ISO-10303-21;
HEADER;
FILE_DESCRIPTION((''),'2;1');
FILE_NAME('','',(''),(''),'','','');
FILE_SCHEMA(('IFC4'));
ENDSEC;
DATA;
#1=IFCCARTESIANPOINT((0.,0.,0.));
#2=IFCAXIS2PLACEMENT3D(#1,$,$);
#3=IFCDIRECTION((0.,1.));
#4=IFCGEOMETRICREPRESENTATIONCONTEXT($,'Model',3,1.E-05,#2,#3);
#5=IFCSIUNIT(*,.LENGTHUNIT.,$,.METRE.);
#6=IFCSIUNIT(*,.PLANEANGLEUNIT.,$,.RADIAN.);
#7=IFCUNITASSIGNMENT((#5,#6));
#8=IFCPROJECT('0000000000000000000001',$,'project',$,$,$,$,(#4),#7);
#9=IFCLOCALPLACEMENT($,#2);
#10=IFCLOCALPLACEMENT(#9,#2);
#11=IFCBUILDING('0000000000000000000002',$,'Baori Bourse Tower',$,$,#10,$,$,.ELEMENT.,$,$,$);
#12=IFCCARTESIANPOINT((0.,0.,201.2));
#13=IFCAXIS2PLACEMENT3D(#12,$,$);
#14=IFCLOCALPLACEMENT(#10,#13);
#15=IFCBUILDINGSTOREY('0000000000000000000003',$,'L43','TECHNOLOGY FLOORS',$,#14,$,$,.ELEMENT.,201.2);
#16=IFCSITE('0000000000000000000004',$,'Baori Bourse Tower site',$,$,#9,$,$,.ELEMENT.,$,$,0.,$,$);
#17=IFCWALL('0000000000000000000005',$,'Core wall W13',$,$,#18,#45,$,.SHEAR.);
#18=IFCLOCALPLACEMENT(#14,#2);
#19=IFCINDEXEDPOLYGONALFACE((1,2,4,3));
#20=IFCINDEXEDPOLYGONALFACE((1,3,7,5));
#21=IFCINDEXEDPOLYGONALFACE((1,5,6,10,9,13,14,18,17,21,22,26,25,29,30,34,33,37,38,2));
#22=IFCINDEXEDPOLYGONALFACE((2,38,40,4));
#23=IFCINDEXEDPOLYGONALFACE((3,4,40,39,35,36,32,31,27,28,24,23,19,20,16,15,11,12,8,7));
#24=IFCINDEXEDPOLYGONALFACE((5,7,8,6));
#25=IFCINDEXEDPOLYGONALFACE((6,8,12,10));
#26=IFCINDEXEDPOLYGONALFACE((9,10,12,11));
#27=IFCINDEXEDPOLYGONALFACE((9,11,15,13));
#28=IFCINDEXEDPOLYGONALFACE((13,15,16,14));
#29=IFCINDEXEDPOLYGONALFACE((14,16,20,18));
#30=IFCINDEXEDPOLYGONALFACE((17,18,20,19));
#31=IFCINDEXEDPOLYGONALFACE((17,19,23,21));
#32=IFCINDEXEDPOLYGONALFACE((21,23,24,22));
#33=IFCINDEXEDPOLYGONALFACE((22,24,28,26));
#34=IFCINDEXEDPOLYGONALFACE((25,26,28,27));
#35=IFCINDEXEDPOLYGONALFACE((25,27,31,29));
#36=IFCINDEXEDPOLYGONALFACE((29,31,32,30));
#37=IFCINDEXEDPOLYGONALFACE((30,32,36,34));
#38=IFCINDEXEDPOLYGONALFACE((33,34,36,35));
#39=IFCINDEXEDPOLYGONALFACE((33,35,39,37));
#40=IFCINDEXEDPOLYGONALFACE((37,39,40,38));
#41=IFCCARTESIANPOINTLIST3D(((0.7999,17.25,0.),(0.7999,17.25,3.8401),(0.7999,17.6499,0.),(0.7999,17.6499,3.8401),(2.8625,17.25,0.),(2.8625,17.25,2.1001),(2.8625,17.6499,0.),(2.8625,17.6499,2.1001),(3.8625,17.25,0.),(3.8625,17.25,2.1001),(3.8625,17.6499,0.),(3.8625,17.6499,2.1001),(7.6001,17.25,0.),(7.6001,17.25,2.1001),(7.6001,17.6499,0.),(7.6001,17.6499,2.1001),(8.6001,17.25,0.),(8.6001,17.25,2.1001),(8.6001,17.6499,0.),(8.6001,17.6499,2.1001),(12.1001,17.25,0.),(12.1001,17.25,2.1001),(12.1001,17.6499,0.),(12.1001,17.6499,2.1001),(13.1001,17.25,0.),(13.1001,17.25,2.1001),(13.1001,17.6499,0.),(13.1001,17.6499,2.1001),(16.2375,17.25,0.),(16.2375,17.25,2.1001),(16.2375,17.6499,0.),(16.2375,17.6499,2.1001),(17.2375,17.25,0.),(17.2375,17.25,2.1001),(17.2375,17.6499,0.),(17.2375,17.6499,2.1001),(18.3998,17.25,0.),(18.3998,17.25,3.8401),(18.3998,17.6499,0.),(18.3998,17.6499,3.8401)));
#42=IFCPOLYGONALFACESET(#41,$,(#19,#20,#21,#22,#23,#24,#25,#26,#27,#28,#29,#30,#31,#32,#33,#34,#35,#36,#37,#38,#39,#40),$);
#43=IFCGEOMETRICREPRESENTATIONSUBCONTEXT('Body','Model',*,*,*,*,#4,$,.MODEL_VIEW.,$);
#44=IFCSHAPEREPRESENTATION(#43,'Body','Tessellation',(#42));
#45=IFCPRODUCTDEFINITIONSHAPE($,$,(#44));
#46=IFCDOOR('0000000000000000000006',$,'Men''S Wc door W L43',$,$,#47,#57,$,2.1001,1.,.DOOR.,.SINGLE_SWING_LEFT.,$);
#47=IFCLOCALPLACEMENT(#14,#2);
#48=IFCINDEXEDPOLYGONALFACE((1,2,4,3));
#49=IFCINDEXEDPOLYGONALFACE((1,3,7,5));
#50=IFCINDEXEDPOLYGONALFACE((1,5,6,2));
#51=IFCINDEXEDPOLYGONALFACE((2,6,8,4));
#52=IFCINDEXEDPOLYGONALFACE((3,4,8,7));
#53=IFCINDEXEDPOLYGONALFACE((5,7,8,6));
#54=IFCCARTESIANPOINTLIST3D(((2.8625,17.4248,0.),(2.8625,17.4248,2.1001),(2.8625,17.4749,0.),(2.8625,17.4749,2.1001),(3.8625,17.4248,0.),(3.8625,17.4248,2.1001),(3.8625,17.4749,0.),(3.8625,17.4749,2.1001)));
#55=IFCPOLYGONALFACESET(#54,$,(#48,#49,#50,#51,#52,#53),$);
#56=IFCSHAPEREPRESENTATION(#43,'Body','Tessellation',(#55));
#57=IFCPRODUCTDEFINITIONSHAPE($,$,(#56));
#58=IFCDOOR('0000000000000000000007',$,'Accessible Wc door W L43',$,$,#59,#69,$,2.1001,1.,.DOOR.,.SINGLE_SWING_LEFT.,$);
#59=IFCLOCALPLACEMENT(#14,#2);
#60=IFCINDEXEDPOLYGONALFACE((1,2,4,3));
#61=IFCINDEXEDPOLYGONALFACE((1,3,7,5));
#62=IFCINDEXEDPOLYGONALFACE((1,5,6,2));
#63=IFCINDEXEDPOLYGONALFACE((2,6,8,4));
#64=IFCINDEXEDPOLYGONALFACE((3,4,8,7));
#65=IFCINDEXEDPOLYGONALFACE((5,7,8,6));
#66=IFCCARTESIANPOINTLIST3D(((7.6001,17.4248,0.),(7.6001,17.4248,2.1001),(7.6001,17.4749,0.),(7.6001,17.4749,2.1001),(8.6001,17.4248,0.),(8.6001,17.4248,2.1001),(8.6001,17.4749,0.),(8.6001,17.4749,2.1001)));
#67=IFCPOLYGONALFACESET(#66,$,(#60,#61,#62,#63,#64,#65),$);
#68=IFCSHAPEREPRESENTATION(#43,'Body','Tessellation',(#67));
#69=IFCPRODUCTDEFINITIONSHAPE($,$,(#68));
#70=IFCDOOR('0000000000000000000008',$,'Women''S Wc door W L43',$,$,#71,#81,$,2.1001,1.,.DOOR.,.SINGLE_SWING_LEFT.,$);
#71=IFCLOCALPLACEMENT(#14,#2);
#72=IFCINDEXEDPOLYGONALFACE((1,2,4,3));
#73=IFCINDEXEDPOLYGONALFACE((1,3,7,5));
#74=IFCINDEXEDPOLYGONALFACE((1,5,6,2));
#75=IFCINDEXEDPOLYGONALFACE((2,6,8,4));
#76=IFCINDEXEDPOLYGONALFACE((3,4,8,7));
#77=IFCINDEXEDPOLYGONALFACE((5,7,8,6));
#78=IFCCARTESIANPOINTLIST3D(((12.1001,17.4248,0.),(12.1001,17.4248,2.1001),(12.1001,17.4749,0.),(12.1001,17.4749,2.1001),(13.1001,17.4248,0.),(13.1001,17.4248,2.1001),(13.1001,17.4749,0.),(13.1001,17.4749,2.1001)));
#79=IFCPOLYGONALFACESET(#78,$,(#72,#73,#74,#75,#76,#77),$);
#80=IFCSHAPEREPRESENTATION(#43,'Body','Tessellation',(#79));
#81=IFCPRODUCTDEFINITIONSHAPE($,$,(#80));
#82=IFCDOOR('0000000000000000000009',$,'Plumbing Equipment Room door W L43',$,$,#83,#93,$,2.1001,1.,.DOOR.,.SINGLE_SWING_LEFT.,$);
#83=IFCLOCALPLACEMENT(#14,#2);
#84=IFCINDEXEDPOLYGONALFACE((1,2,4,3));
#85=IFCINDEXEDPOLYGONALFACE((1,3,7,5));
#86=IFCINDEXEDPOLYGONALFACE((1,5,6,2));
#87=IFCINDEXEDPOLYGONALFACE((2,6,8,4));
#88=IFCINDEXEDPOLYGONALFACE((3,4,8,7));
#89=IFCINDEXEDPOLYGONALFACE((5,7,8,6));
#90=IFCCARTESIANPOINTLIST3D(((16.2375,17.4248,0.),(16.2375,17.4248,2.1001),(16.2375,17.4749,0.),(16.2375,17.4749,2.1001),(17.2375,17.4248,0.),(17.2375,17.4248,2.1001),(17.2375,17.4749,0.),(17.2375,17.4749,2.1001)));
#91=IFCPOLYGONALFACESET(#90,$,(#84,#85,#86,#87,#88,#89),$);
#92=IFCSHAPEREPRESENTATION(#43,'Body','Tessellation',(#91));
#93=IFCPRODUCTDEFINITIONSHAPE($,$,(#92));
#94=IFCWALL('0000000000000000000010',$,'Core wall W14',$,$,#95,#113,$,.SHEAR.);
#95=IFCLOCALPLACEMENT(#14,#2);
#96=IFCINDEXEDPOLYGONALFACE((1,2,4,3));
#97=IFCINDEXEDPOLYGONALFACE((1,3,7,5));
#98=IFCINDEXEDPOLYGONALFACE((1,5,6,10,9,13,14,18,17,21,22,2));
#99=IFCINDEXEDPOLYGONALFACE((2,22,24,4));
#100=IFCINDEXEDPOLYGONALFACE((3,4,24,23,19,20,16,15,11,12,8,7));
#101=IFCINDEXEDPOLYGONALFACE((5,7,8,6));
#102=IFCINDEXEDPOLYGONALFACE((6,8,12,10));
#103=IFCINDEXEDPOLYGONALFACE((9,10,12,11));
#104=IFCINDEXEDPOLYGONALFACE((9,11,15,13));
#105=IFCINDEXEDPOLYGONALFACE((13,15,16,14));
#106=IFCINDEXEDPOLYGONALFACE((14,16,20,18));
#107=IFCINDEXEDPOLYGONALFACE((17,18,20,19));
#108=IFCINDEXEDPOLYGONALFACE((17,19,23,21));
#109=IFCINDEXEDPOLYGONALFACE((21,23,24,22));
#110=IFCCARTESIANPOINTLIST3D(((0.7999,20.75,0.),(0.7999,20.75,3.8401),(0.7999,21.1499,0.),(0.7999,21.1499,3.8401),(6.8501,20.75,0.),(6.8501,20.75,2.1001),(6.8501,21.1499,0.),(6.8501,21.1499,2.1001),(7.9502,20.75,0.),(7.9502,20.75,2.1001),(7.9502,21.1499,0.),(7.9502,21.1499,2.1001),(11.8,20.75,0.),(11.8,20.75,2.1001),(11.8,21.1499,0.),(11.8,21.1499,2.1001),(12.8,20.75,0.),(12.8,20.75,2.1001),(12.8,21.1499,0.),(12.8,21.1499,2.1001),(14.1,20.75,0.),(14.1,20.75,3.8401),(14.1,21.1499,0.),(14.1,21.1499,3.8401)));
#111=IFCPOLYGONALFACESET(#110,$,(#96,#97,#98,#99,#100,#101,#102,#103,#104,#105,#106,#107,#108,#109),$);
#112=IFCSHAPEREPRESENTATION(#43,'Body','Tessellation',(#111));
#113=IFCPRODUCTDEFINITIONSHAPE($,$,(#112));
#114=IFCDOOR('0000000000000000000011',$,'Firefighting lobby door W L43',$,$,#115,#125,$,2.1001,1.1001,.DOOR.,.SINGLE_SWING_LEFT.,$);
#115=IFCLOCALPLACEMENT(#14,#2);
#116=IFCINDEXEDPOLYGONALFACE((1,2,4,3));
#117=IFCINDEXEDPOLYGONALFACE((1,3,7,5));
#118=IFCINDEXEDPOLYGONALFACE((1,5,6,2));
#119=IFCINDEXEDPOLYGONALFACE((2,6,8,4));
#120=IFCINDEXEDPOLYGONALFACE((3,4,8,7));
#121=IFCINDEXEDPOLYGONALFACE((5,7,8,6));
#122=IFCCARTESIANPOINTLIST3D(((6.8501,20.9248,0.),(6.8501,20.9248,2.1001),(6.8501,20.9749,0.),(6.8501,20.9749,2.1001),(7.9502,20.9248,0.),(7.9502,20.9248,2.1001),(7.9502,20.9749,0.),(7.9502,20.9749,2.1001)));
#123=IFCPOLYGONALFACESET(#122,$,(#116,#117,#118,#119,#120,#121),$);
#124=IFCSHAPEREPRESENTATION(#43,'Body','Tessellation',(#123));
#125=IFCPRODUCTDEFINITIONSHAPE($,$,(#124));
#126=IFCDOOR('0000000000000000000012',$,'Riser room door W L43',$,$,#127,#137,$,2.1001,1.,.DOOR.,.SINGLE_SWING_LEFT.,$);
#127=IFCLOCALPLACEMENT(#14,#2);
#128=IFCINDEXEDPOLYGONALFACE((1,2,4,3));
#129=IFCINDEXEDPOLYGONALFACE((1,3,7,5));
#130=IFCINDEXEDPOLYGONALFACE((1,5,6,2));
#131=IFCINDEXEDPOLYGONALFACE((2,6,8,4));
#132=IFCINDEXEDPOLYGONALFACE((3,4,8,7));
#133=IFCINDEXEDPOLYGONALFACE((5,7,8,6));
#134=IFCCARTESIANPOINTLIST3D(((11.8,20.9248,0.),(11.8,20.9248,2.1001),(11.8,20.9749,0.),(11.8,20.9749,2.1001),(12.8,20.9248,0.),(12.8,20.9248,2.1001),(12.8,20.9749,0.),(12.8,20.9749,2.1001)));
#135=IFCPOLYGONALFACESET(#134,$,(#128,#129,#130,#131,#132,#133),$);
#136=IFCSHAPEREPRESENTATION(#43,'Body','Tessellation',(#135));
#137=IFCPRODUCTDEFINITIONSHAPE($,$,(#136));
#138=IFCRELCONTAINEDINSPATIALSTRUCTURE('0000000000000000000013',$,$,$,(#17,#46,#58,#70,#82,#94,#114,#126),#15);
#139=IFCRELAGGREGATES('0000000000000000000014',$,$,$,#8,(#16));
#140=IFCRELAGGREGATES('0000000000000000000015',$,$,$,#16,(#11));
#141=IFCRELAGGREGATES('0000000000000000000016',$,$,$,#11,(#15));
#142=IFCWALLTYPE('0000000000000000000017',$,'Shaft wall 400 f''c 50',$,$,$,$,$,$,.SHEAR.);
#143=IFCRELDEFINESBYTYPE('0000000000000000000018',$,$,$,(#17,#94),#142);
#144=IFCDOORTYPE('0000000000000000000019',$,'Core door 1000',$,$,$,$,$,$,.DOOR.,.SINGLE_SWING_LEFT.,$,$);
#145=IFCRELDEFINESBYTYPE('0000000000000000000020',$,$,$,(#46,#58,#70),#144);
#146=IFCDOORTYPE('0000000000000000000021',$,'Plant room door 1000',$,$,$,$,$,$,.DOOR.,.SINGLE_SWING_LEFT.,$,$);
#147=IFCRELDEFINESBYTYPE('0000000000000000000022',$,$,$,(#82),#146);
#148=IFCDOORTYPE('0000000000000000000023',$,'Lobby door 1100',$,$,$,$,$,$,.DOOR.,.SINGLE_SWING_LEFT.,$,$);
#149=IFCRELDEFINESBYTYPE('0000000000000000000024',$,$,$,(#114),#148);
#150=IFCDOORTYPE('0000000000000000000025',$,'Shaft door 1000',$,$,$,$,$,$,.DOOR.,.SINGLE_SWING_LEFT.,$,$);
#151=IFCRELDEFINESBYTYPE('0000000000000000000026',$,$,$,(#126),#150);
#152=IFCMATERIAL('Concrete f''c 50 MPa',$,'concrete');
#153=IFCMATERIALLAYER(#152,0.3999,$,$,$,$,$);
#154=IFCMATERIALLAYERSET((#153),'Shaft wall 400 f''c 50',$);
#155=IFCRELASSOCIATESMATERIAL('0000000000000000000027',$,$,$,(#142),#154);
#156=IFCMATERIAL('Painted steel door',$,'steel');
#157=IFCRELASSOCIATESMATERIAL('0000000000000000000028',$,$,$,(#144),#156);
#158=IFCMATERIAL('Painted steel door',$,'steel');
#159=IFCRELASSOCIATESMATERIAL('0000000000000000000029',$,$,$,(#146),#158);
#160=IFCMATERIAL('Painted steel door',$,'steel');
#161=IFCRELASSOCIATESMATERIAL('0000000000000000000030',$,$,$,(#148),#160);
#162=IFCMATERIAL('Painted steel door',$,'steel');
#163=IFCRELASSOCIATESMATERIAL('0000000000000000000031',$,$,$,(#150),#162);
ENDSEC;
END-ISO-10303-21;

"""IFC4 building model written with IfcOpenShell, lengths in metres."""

from ifc_helpers import new_model, si_unit, direction, frame, frame_2d, origin, place, context, subcontext, project, spatial, rectangle, extrude, material, layer, layer_set, type_object, element, fill, save


model = new_model("IFC4")

# Units and contexts
model_context = context("Model", 3, precision=1e-05, world=origin(), true_north=direction((0.0, 1.0)))
body_context = subcontext(model_context, "Body", "Model", "MODEL_VIEW")
ifc_project = project(units=[si_unit("LENGTHUNIT", "METRE"), si_unit("PLANEANGLEUNIT", "RADIAN")], contexts=[model_context])

# Site, building, storey
site_placement = place(None, origin())
site = spatial("IfcSite", under=ifc_project, at=site_placement, Name="Baori Bourse Tower site", CompositionType="ELEMENT", RefElevation=0.0)
building_placement = place(site_placement, origin())
building = spatial("IfcBuilding", under=site, at=building_placement, Name="Baori Bourse Tower", CompositionType="ELEMENT")
storey_placement = place(building_placement, frame((0.0, 0.0, 201.2)))
storey = spatial("IfcBuildingStorey", under=building, at=storey_placement, Name="L43", Description="TECHNOLOGY FLOORS", CompositionType="ELEMENT", Elevation=201.2)

# Shared definitions
ifc_material_1 = material(Name="Concrete f'c 50 MPa", Category="concrete")
ifc_layer_1 = layer(ifc_material_1, 0.3999)
ifc_layer_set_1 = layer_set([ifc_layer_1], Name="Shaft wall 400 f'c 50")
wall_type_1 = type_object("IfcWallType", Name="Shaft wall 400 f'c 50", PredefinedType="SHEAR", material=ifc_layer_set_1)

# Walls, openings, doors
wall_1_placement = place(storey_placement, frame((0.8, 17.45, 0.0), z_axis=(0.0, 0.0, 1.0), x_axis=(1.0, 0.0, 0.0)))
wall_1 = element("IfcWall", 1, at=wall_1_placement, inside=storey, type_object=wall_type_1, Name="Core wall W13", PredefinedType="SHEAR", context=body_context, shape_type="SweptSolid", body=[
    extrude(rectangle(XDim=17.5999, YDim=0.3999, at=frame_2d((8.7998, 0.0))), origin(), (0.0, 0.0, 1.0), 3.8401),
])
opening_1_placement = place(wall_1_placement, frame((2.0625, 0.0, 0.0)))
opening_1 = element("IfcOpeningElement", 2, at=opening_1_placement, cuts=wall_1, PredefinedType="OPENING", context=body_context, shape_type="SweptSolid", body=[
    extrude(rectangle(XDim=1.0, YDim=2.1001, at=frame_2d((0.5, 1.05))), frame((0.0, 0.21, 0.0), z_axis=(0.0, -1.0, 0.0), x_axis=(1.0, 0.0, 0.0)), (0.0, 0.0, 1.0), 0.4199),
])
opening_2_placement = place(wall_1_placement, frame((6.8, 0.0, 0.0)))
opening_2 = element("IfcOpeningElement", 3, at=opening_2_placement, cuts=wall_1, PredefinedType="OPENING", context=body_context, shape_type="SweptSolid", body=[
    extrude(rectangle(XDim=1.0, YDim=2.1001, at=frame_2d((0.5, 1.05))), frame((0.0, 0.21, 0.0), z_axis=(0.0, -1.0, 0.0), x_axis=(1.0, 0.0, 0.0)), (0.0, 0.0, 1.0), 0.4199),
])
opening_3_placement = place(wall_1_placement, frame((11.3, 0.0, 0.0)))
opening_3 = element("IfcOpeningElement", 4, at=opening_3_placement, cuts=wall_1, PredefinedType="OPENING", context=body_context, shape_type="SweptSolid", body=[
    extrude(rectangle(XDim=1.0, YDim=2.1001, at=frame_2d((0.5, 1.05))), frame((0.0, 0.21, 0.0), z_axis=(0.0, -1.0, 0.0), x_axis=(1.0, 0.0, 0.0)), (0.0, 0.0, 1.0), 0.4199),
])
opening_4_placement = place(wall_1_placement, frame((15.4375, 0.0, 0.0)))
opening_4 = element("IfcOpeningElement", 5, at=opening_4_placement, cuts=wall_1, PredefinedType="OPENING", context=body_context, shape_type="SweptSolid", body=[
    extrude(rectangle(XDim=1.0, YDim=2.1001, at=frame_2d((0.5, 1.05))), frame((0.0, 0.21, 0.0), z_axis=(0.0, -1.0, 0.0), x_axis=(1.0, 0.0, 0.0)), (0.0, 0.0, 1.0), 0.4199),
])
ifc_material_2 = material(Name="Painted steel door", Category="steel")
door_type_1 = type_object("IfcDoorType", Name="Core door 1000", OperationType="SINGLE_SWING_LEFT", PredefinedType="DOOR", material=ifc_material_2)
door_1_placement = place(opening_1_placement, origin())
door_1 = element("IfcDoor", 6, at=door_1_placement, inside=storey, type_object=door_type_1, Name="Men'S Wc door W L43", OperationType="SINGLE_SWING_LEFT", OverallHeight=2.1001, OverallWidth=1.0, PredefinedType="DOOR", context=body_context, shape_type="SweptSolid", body=[
    extrude(rectangle(XDim=1.0, YDim=2.1001, at=frame_2d((0.5, 1.05))), frame((0.0, 0.0249, 0.0), z_axis=(0.0, -1.0, 0.0), x_axis=(1.0, 0.0, 0.0)), (0.0, 0.0, 1.0), 0.05),
])
fill(opening_1, door_1)
door_2_placement = place(opening_2_placement, origin())
door_2 = element("IfcDoor", 7, at=door_2_placement, inside=storey, type_object=door_type_1, Name="Accessible Wc door W L43", OperationType="SINGLE_SWING_LEFT", OverallHeight=2.1001, OverallWidth=1.0, PredefinedType="DOOR", context=body_context, shape_type="SweptSolid", body=[
    extrude(rectangle(XDim=1.0, YDim=2.1001, at=frame_2d((0.5, 1.05))), frame((0.0, 0.0249, 0.0), z_axis=(0.0, -1.0, 0.0), x_axis=(1.0, 0.0, 0.0)), (0.0, 0.0, 1.0), 0.05),
])
fill(opening_2, door_2)
door_3_placement = place(opening_3_placement, origin())
door_3 = element("IfcDoor", 8, at=door_3_placement, inside=storey, type_object=door_type_1, Name="Women'S Wc door W L43", OperationType="SINGLE_SWING_LEFT", OverallHeight=2.1001, OverallWidth=1.0, PredefinedType="DOOR", context=body_context, shape_type="SweptSolid", body=[
    extrude(rectangle(XDim=1.0, YDim=2.1001, at=frame_2d((0.5, 1.05))), frame((0.0, 0.0249, 0.0), z_axis=(0.0, -1.0, 0.0), x_axis=(1.0, 0.0, 0.0)), (0.0, 0.0, 1.0), 0.05),
])
fill(opening_3, door_3)
ifc_material_3 = material(Name="Painted steel door", Category="steel")
door_type_2 = type_object("IfcDoorType", Name="Plant room door 1000", OperationType="SINGLE_SWING_LEFT", PredefinedType="DOOR", material=ifc_material_3)
door_4_placement = place(opening_4_placement, origin())
door_4 = element("IfcDoor", 9, at=door_4_placement, inside=storey, type_object=door_type_2, Name="Plumbing Equipment Room door W L43", OperationType="SINGLE_SWING_LEFT", OverallHeight=2.1001, OverallWidth=1.0, PredefinedType="DOOR", context=body_context, shape_type="SweptSolid", body=[
    extrude(rectangle(XDim=1.0, YDim=2.1001, at=frame_2d((0.5, 1.05))), frame((0.0, 0.0249, 0.0), z_axis=(0.0, -1.0, 0.0), x_axis=(1.0, 0.0, 0.0)), (0.0, 0.0, 1.0), 0.05),
])
fill(opening_4, door_4)
wall_2_placement = place(storey_placement, frame((0.8, 20.95, 0.0), z_axis=(0.0, 0.0, 1.0), x_axis=(1.0, 0.0, 0.0)))
wall_2 = element("IfcWall", 10, at=wall_2_placement, inside=storey, type_object=wall_type_1, Name="Core wall W14", PredefinedType="SHEAR", context=body_context, shape_type="SweptSolid", body=[
    extrude(rectangle(XDim=13.3, YDim=0.3999, at=frame_2d((6.6499, 0.0))), origin(), (0.0, 0.0, 1.0), 3.8401),
])
opening_5_placement = place(wall_2_placement, frame((6.05, 0.0, 0.0)))
opening_5 = element("IfcOpeningElement", 11, at=opening_5_placement, cuts=wall_2, PredefinedType="OPENING", context=body_context, shape_type="SweptSolid", body=[
    extrude(rectangle(XDim=1.1001, YDim=2.1001, at=frame_2d((0.55, 1.05))), frame((0.0, 0.21, 0.0), z_axis=(0.0, -1.0, 0.0), x_axis=(1.0, 0.0, 0.0)), (0.0, 0.0, 1.0), 0.4199),
])
opening_6_placement = place(wall_2_placement, frame((11.0, 0.0, 0.0)))
opening_6 = element("IfcOpeningElement", 12, at=opening_6_placement, cuts=wall_2, PredefinedType="OPENING", context=body_context, shape_type="SweptSolid", body=[
    extrude(rectangle(XDim=1.0, YDim=2.1001, at=frame_2d((0.5, 1.05))), frame((0.0, 0.21, 0.0), z_axis=(0.0, -1.0, 0.0), x_axis=(1.0, 0.0, 0.0)), (0.0, 0.0, 1.0), 0.4199),
])
ifc_material_4 = material(Name="Painted steel door", Category="steel")
door_type_3 = type_object("IfcDoorType", Name="Lobby door 1100", OperationType="SINGLE_SWING_LEFT", PredefinedType="DOOR", material=ifc_material_4)
door_5_placement = place(opening_5_placement, origin())
door_5 = element("IfcDoor", 13, at=door_5_placement, inside=storey, type_object=door_type_3, Name="Firefighting lobby door W L43", OperationType="SINGLE_SWING_LEFT", OverallHeight=2.1001, OverallWidth=1.1001, PredefinedType="DOOR", context=body_context, shape_type="SweptSolid", body=[
    extrude(rectangle(XDim=1.1001, YDim=2.1001, at=frame_2d((0.55, 1.05))), frame((0.0, 0.0249, 0.0), z_axis=(0.0, -1.0, 0.0), x_axis=(1.0, 0.0, 0.0)), (0.0, 0.0, 1.0), 0.05),
])
fill(opening_5, door_5)
ifc_material_5 = material(Name="Painted steel door", Category="steel")
door_type_4 = type_object("IfcDoorType", Name="Shaft door 1000", OperationType="SINGLE_SWING_LEFT", PredefinedType="DOOR", material=ifc_material_5)
door_6_placement = place(opening_6_placement, origin())
door_6 = element("IfcDoor", 14, at=door_6_placement, inside=storey, type_object=door_type_4, Name="Riser room door W L43", OperationType="SINGLE_SWING_LEFT", OverallHeight=2.1001, OverallWidth=1.0, PredefinedType="DOOR", context=body_context, shape_type="SweptSolid", body=[
    extrude(rectangle(XDim=1.0, YDim=2.1001, at=frame_2d((0.5, 1.05))), frame((0.0, 0.0249, 0.0), z_axis=(0.0, -1.0, 0.0), x_axis=(1.0, 0.0, 0.0)), (0.0, 0.0, 1.0), 0.05),
])
fill(opening_6, door_6)

save(model, "model.ifc")
